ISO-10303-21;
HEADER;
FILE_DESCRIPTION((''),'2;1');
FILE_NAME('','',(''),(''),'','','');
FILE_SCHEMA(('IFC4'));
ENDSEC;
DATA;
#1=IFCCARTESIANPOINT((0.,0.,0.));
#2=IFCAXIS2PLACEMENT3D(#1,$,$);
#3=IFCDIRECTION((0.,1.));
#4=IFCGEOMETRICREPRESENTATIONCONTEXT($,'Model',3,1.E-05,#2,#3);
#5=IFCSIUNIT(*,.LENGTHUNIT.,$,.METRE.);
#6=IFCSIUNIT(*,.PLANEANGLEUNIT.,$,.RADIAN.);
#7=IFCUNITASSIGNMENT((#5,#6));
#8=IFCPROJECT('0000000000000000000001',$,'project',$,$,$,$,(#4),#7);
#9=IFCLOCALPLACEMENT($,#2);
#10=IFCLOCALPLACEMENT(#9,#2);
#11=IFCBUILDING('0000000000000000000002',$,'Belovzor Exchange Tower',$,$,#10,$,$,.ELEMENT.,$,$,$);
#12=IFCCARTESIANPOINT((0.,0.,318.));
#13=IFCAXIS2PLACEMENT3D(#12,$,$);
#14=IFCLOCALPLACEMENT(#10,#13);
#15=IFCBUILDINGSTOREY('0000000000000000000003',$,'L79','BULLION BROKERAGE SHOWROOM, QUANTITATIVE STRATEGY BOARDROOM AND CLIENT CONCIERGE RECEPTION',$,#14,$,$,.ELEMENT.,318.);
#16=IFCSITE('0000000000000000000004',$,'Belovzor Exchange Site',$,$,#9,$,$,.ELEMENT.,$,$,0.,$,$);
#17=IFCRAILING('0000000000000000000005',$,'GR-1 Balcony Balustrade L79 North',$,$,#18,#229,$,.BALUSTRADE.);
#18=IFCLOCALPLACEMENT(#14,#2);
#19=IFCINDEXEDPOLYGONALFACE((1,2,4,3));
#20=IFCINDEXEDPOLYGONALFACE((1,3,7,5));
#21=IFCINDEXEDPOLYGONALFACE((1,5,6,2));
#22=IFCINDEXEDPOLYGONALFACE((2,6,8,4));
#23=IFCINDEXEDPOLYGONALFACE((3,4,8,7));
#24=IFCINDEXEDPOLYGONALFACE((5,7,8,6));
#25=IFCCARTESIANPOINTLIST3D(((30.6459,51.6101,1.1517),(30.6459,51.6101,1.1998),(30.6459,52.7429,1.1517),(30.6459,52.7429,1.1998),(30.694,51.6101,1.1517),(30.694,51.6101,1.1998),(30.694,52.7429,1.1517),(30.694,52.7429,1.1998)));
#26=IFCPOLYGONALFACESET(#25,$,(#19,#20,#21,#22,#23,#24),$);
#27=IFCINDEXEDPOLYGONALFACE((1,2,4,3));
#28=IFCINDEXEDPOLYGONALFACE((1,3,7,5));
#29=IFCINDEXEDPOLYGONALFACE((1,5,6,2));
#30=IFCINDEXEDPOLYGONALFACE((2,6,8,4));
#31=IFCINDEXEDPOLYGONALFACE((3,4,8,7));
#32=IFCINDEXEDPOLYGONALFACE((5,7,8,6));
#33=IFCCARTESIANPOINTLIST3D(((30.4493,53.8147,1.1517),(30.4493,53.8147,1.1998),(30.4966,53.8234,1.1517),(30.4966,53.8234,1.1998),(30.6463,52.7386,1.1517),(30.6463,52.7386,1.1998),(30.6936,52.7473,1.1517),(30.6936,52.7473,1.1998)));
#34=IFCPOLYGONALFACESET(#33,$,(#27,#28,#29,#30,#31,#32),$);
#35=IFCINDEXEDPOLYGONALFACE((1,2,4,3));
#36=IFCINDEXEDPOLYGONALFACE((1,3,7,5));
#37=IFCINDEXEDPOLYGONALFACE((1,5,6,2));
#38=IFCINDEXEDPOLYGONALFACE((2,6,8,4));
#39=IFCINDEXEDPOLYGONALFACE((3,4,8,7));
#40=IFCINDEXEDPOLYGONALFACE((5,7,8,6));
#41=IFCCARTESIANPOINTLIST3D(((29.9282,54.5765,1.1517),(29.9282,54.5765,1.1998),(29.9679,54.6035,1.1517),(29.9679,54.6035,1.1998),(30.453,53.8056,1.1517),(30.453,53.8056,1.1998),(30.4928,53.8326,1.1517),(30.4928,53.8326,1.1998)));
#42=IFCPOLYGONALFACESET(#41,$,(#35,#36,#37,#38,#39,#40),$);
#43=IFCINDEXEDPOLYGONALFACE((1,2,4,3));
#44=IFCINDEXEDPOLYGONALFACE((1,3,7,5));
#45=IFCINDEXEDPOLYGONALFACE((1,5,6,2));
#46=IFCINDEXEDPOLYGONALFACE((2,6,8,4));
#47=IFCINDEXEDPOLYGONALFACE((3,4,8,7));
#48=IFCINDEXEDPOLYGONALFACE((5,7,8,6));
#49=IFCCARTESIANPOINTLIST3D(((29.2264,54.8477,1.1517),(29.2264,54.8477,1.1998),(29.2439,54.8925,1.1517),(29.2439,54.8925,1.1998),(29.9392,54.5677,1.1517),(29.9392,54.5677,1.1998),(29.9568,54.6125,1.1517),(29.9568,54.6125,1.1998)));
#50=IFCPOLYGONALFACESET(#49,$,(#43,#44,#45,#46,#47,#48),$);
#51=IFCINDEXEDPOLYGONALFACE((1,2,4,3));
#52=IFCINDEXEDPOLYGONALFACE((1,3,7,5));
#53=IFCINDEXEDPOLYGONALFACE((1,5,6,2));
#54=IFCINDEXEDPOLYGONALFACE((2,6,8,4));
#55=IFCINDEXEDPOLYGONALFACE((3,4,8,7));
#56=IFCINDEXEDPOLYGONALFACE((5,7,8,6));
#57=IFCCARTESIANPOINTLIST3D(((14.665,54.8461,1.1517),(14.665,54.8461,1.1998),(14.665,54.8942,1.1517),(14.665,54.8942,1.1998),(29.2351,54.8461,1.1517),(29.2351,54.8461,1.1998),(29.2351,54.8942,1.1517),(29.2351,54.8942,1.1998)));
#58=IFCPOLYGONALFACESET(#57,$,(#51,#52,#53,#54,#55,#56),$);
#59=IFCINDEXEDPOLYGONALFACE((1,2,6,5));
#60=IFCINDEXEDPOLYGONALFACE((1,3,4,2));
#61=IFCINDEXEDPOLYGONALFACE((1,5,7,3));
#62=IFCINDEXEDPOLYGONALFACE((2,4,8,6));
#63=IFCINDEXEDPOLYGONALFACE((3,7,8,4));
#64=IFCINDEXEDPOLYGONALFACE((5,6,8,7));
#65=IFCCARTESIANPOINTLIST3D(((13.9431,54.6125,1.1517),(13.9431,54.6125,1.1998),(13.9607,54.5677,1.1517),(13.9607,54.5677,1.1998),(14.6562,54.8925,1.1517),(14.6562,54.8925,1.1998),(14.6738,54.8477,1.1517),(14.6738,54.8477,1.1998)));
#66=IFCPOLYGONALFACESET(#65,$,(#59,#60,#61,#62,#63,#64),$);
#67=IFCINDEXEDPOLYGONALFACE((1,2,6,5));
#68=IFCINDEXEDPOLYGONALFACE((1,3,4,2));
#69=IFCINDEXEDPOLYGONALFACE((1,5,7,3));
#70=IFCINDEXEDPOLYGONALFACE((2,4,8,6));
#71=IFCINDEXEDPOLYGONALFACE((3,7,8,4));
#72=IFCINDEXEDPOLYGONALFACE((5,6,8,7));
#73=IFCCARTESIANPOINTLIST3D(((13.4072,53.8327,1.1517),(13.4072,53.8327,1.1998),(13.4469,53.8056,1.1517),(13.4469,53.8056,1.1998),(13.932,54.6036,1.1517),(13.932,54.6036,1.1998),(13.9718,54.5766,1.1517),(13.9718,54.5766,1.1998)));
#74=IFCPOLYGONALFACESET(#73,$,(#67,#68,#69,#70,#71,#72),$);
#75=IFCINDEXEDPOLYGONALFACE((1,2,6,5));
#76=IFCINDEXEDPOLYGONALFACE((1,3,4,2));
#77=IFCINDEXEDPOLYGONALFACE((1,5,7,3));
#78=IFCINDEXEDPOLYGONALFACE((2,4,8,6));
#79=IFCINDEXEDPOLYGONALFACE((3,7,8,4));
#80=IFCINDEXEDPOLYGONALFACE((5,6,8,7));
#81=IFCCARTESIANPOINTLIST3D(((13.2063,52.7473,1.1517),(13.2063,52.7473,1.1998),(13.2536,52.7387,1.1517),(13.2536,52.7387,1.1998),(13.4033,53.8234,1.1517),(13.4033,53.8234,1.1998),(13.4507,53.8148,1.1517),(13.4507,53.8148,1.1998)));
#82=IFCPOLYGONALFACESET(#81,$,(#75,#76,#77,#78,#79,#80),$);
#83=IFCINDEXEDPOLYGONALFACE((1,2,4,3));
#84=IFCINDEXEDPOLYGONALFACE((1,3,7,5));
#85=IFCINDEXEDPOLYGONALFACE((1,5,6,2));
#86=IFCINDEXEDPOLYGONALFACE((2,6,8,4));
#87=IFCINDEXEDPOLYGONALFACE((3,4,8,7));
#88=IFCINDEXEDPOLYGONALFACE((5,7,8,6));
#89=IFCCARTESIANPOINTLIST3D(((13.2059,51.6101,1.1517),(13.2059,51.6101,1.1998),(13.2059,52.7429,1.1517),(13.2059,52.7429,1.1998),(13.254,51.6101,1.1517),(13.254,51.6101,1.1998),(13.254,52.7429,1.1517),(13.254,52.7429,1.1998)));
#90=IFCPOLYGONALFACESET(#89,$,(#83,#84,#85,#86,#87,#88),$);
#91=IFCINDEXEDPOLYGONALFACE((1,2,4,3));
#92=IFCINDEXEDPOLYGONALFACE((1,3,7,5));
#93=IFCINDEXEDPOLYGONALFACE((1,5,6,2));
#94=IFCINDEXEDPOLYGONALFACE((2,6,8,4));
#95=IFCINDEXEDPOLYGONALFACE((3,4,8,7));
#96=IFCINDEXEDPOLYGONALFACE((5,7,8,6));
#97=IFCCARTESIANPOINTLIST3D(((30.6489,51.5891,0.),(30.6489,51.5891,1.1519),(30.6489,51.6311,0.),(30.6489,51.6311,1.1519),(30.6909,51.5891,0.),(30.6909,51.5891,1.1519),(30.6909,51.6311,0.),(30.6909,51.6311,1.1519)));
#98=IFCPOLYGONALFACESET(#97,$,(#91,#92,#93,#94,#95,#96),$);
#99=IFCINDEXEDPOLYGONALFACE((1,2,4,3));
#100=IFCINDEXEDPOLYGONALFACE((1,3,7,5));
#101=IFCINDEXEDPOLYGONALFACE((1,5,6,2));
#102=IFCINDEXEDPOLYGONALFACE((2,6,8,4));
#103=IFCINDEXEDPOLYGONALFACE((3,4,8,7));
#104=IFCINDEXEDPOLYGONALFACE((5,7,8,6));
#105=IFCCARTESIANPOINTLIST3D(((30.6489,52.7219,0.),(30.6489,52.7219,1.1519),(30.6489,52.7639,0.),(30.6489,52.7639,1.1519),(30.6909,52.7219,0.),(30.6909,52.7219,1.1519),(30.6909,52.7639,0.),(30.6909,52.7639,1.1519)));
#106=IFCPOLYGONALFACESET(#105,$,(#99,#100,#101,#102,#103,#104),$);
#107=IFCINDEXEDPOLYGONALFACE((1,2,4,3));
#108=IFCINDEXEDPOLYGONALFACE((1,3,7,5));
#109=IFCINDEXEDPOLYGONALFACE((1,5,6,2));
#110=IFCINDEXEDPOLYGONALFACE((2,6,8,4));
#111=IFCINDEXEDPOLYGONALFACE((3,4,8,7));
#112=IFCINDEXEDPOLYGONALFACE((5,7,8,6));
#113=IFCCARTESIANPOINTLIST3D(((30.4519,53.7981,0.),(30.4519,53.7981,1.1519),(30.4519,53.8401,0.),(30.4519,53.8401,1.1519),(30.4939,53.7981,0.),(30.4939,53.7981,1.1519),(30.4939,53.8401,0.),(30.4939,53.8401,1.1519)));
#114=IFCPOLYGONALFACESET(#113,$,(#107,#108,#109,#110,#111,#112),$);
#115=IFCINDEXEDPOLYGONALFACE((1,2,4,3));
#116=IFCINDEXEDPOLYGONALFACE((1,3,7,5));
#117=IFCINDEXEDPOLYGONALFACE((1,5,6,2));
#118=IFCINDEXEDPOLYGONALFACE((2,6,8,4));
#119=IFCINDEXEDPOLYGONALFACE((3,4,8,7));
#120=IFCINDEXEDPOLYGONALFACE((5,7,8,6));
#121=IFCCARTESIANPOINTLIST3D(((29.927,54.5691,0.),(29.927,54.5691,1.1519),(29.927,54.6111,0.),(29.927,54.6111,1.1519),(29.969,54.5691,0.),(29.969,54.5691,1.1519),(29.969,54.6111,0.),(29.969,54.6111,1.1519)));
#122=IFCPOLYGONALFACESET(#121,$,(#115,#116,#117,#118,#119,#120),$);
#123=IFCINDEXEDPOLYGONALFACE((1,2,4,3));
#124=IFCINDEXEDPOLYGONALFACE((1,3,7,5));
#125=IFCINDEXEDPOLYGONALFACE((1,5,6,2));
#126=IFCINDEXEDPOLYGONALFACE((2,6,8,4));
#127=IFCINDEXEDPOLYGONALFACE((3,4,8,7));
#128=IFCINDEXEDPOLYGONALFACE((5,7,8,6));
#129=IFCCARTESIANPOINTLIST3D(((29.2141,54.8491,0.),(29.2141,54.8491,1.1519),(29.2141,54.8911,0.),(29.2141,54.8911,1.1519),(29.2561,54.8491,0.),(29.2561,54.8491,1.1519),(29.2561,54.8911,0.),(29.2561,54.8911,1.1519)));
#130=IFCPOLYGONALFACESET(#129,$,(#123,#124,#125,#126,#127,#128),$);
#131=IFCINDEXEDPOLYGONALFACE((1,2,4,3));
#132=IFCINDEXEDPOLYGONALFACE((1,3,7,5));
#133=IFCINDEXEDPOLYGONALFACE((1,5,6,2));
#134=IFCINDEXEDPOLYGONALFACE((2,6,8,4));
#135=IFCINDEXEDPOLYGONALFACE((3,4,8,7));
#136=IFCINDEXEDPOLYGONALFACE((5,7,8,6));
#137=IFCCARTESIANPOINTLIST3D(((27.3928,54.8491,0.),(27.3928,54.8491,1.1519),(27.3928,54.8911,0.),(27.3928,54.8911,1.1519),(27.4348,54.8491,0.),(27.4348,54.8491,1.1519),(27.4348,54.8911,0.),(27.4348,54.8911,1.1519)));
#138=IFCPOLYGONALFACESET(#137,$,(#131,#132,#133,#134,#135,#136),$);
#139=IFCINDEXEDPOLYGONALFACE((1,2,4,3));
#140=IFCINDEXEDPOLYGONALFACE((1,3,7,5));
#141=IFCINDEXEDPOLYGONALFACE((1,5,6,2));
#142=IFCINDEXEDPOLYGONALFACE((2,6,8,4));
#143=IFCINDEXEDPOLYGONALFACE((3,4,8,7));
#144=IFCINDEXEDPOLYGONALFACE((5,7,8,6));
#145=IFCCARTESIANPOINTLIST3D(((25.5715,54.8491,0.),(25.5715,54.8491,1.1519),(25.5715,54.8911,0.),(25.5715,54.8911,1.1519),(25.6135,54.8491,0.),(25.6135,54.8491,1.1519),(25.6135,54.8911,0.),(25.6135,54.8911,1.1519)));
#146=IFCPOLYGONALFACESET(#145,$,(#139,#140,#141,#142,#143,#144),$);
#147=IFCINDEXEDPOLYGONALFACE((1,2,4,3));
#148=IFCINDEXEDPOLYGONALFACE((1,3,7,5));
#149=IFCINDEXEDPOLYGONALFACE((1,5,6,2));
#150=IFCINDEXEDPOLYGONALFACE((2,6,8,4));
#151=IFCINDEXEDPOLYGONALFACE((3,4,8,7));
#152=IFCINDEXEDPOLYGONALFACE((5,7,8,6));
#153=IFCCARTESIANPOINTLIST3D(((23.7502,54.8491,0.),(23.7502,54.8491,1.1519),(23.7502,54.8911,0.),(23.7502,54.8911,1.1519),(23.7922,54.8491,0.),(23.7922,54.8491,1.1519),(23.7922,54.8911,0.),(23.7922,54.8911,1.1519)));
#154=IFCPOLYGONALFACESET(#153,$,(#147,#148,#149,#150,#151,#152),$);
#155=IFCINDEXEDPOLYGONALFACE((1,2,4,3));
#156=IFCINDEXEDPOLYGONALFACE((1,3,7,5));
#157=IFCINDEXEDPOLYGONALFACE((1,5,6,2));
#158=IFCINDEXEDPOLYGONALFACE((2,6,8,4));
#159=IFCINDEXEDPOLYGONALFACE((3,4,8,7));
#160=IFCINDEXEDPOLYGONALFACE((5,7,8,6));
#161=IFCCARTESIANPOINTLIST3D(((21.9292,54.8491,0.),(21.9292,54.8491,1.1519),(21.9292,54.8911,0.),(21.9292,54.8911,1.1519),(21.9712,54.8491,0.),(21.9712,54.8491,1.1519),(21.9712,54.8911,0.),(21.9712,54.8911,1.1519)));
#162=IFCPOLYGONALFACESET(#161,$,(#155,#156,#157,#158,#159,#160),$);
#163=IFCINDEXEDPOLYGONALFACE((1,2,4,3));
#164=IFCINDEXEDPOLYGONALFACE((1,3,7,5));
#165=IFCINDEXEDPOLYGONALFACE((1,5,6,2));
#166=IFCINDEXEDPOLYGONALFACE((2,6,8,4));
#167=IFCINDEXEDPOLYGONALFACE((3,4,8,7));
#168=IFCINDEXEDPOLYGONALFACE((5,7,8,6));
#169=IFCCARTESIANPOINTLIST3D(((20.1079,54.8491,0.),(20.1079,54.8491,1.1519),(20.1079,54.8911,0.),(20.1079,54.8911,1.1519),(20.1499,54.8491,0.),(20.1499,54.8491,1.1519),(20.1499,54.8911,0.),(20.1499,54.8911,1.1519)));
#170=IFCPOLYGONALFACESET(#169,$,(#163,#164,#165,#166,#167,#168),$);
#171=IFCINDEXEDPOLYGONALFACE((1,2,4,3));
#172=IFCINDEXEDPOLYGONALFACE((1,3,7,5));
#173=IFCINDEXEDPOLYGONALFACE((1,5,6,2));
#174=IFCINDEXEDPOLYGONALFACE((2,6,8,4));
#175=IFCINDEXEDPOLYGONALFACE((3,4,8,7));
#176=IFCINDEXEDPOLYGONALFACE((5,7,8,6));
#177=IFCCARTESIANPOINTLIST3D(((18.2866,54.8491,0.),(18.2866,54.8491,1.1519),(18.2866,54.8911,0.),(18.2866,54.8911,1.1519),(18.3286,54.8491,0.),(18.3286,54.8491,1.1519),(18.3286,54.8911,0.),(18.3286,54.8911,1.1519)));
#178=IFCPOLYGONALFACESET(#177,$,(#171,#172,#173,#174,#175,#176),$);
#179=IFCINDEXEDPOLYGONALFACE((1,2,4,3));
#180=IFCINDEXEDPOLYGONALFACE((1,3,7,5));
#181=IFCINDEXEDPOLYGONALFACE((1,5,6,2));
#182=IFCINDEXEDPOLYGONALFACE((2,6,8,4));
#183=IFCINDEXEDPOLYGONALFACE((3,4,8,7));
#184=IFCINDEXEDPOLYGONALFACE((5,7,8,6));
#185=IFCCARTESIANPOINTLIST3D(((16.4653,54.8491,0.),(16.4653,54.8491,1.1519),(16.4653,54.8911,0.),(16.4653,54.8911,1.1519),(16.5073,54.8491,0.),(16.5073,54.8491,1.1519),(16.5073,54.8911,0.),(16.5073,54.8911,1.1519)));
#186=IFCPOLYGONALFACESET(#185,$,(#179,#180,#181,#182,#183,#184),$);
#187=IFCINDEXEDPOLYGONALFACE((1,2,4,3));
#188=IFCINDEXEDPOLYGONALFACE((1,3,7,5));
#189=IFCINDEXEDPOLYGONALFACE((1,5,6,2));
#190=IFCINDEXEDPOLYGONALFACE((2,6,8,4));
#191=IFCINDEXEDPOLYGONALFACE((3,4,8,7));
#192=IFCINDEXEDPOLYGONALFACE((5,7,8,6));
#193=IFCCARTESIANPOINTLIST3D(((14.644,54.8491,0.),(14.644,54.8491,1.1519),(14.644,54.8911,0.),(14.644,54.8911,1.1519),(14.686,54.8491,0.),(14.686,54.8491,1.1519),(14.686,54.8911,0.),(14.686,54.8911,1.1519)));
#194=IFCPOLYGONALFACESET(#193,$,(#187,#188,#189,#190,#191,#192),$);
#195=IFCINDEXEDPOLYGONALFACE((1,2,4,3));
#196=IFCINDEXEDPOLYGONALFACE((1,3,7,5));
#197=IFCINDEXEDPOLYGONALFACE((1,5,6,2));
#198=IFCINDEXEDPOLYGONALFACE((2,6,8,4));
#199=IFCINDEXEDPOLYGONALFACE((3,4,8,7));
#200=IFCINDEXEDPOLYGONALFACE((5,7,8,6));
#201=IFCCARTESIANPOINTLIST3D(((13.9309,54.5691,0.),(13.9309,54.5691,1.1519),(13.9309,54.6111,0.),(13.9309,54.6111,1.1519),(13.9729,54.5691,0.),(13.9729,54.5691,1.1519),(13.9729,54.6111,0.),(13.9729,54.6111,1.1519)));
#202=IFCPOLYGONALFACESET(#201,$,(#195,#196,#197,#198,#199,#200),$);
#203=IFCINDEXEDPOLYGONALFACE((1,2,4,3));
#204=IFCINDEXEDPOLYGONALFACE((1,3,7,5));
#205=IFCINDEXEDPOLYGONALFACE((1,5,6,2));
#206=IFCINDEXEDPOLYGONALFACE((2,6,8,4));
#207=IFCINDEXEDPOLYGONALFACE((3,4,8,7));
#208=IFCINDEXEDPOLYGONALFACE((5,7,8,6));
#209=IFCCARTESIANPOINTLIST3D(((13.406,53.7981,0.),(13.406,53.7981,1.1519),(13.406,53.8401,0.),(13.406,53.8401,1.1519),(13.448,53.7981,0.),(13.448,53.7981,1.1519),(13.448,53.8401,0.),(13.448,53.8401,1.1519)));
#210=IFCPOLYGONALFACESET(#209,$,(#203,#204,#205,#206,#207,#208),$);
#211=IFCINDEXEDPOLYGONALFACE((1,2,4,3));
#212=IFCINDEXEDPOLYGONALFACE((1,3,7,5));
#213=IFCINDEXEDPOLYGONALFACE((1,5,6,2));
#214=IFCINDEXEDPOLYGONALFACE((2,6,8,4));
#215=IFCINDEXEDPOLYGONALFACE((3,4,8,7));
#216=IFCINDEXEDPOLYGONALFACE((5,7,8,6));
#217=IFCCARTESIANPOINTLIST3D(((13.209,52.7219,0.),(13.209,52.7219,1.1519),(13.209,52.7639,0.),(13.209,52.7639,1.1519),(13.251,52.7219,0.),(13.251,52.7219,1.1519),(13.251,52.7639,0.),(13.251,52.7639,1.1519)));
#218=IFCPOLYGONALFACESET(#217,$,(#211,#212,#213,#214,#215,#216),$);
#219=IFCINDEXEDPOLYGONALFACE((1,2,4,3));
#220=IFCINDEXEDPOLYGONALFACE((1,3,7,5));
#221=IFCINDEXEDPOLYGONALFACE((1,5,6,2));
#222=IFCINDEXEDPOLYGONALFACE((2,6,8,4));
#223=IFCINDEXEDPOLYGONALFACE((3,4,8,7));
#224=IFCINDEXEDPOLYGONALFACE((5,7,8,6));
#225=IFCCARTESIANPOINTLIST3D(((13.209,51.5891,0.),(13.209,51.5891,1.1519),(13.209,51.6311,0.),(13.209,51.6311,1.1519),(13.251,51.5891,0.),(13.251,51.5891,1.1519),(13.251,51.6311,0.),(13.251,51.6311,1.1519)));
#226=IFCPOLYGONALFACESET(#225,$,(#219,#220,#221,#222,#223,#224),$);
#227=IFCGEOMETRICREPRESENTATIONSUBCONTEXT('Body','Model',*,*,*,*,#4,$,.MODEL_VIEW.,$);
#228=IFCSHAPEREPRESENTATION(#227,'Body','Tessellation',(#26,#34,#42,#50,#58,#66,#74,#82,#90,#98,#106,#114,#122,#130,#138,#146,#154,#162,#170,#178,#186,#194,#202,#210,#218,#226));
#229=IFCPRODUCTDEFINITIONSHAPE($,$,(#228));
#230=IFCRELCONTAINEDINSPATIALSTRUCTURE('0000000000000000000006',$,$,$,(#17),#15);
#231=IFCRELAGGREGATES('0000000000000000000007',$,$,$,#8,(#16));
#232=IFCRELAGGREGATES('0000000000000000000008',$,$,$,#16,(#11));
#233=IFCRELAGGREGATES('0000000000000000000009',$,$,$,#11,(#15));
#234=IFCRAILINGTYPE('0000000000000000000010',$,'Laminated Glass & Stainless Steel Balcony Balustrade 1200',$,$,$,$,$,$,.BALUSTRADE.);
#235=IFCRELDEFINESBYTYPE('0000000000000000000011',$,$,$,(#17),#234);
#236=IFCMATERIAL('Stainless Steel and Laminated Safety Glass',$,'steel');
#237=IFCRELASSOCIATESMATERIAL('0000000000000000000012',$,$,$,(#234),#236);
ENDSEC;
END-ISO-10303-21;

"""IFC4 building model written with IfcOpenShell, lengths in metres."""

from ifc_helpers import new_model, si_unit, direction, frame, origin, origin_2d, place, context, subcontext, project, spatial, rectangle, extrude, material, type_object, element, save


model = new_model("IFC4")

# Units and contexts
model_context = context("Model", 3, precision=1e-05, world=origin(), true_north=direction((0.0, 1.0)))
body_context = subcontext(model_context, "Body", "Model", "MODEL_VIEW")
ifc_project = project(units=[si_unit("LENGTHUNIT", "METRE"), si_unit("PLANEANGLEUNIT", "RADIAN")], contexts=[model_context])

# Site, building, storey
site_placement = place(None, origin())
site = spatial("IfcSite", under=ifc_project, at=site_placement, Name="Belovzor Exchange Site", CompositionType="ELEMENT", RefElevation=0.0)
building_placement = place(site_placement, origin())
building = spatial("IfcBuilding", under=site, at=building_placement, Name="Belovzor Exchange Tower", CompositionType="ELEMENT")
storey_placement = place(building_placement, frame((0.0, 0.0, 318.0)))
storey = spatial("IfcBuildingStorey", under=building, at=storey_placement, Name="L79", Description="BULLION BROKERAGE SHOWROOM, QUANTITATIVE STRATEGY BOARDROOM AND CLIENT CONCIERGE RECEPTION", CompositionType="ELEMENT", Elevation=318.0)

# Railing
ifc_material_1 = material(Name="Stainless Steel and Laminated Safety Glass", Category="steel")
railing_type = type_object("IfcRailingType", Name="Laminated Glass & Stainless Steel Balcony Balustrade 1200", PredefinedType="BALUSTRADE", material=ifc_material_1)
railing_placement = place(storey_placement, frame((30.6699, 51.6101, 0.0)))
element("IfcRailing", 1, at=railing_placement, inside=storey, type_object=railing_type, Name="GR-1 Balcony Balustrade L79 North", PredefinedType="BALUSTRADE", context=body_context, shape_type="SweptSolid", body=[
    extrude(rectangle(XDim=0.0481, YDim=0.0481, at=origin_2d()), frame((0.0, 0.0, 1.1758), z_axis=(0.0, 1.0, 0.0), x_axis=(-1.0, 0.0, 0.0)), (0.0, 0.0, 1.0), 1.1328),
    extrude(rectangle(XDim=0.0481, YDim=0.0481, at=origin_2d()), frame((0.0, 1.1328, 1.1758), z_axis=(-0.180083, 0.983651, 0.0), x_axis=(-0.983651, -0.180083, 0.0)), (0.0, 0.0, 1.0), 1.094),
    extrude(rectangle(XDim=0.0481, YDim=0.0481, at=origin_2d()), frame((-0.197, 2.209, 1.1758), z_axis=(-0.562768, 0.826615, 0.0), x_axis=(-0.826615, -0.562768, 0.0)), (0.0, 0.0, 1.0), 0.9326),
    extrude(rectangle(XDim=0.0481, YDim=0.0481, at=origin_2d()), frame((-0.7219, 2.98, 1.1758), z_axis=(-0.930767, 0.365613, 0.0), x_axis=(-0.365613, -0.930767, 0.0)), (0.0, 0.0, 1.0), 0.7659),
    extrude(rectangle(XDim=0.0481, YDim=0.0481, at=origin_2d()), frame((-1.4348, 3.26, 1.1758), z_axis=(-1.0, 0.0, 0.0), x_axis=(0.0, -1.0, 0.0)), (0.0, 0.0, 1.0), 14.5701),
    extrude(rectangle(XDim=0.0481, YDim=0.0481, at=origin_2d()), frame((-16.0049, 3.26, 1.1758), z_axis=(-0.93081, -0.365504, 0.0), x_axis=(0.365504, -0.93081, 0.0)), (0.0, 0.0, 1.0), 0.7661),
    extrude(rectangle(XDim=0.0481, YDim=0.0481, at=origin_2d()), frame((-16.718, 2.98, 1.1758), z_axis=(-0.562768, -0.826615, 0.0), x_axis=(0.826615, -0.562768, 0.0)), (0.0, 0.0, 1.0), 0.9326),
    extrude(rectangle(XDim=0.0481, YDim=0.0481, at=origin_2d()), frame((-17.2429, 2.209, 1.1758), z_axis=(-0.180083, -0.983651, 0.0), x_axis=(0.983651, -0.180083, 0.0)), (0.0, 0.0, 1.0), 1.094),
    extrude(rectangle(XDim=0.0481, YDim=0.0481, at=origin_2d()), frame((-17.4399, 1.1328, 1.1758), z_axis=(0.0, -1.0, 0.0), x_axis=(1.0, 0.0, 0.0)), (0.0, 0.0, 1.0), 1.1328),
    extrude(rectangle(XDim=0.042, YDim=0.042, at=origin_2d()), origin(), (0.0, 0.0, 1.0), 1.1519),
    extrude(rectangle(XDim=0.042, YDim=0.042, at=origin_2d()), frame((0.0, 1.1328, 0.0)), (0.0, 0.0, 1.0), 1.1519),
    extrude(rectangle(XDim=0.042, YDim=0.042, at=origin_2d()), frame((-0.197, 2.209, 0.0)), (0.0, 0.0, 1.0), 1.1519),
    extrude(rectangle(XDim=0.042, YDim=0.042, at=origin_2d()), frame((-0.7219, 2.98, 0.0)), (0.0, 0.0, 1.0), 1.1519),
    extrude(rectangle(XDim=0.042, YDim=0.042, at=origin_2d()), frame((-1.4348, 3.26, 0.0)), (0.0, 0.0, 1.0), 1.1519),
    extrude(rectangle(XDim=0.042, YDim=0.042, at=origin_2d()), frame((-3.2561, 3.26, 0.0)), (0.0, 0.0, 1.0), 1.1519),
    extrude(rectangle(XDim=0.042, YDim=0.042, at=origin_2d()), frame((-5.0774, 3.26, 0.0)), (0.0, 0.0, 1.0), 1.1519),
    extrude(rectangle(XDim=0.042, YDim=0.042, at=origin_2d()), frame((-6.8987, 3.26, 0.0)), (0.0, 0.0, 1.0), 1.1519),
    extrude(rectangle(XDim=0.042, YDim=0.042, at=origin_2d()), frame((-8.7197, 3.26, 0.0)), (0.0, 0.0, 1.0), 1.1519),
    extrude(rectangle(XDim=0.042, YDim=0.042, at=origin_2d()), frame((-10.541, 3.26, 0.0)), (0.0, 0.0, 1.0), 1.1519),
    extrude(rectangle(XDim=0.042, YDim=0.042, at=origin_2d()), frame((-12.3623, 3.26, 0.0)), (0.0, 0.0, 1.0), 1.1519),
    extrude(rectangle(XDim=0.042, YDim=0.042, at=origin_2d()), frame((-14.1836, 3.26, 0.0)), (0.0, 0.0, 1.0), 1.1519),
    extrude(rectangle(XDim=0.042, YDim=0.042, at=origin_2d()), frame((-16.0049, 3.26, 0.0)), (0.0, 0.0, 1.0), 1.1519),
    extrude(rectangle(XDim=0.042, YDim=0.042, at=origin_2d()), frame((-16.718, 2.98, 0.0)), (0.0, 0.0, 1.0), 1.1519),
    extrude(rectangle(XDim=0.042, YDim=0.042, at=origin_2d()), frame((-17.2429, 2.209, 0.0)), (0.0, 0.0, 1.0), 1.1519),
    extrude(rectangle(XDim=0.042, YDim=0.042, at=origin_2d()), frame((-17.4399, 1.1328, 0.0)), (0.0, 0.0, 1.0), 1.1519),
    extrude(rectangle(XDim=0.042, YDim=0.042, at=origin_2d()), frame((-17.4399, 0.0, 0.0)), (0.0, 0.0, 1.0), 1.1519),
])

save(model, "model.ifc")
